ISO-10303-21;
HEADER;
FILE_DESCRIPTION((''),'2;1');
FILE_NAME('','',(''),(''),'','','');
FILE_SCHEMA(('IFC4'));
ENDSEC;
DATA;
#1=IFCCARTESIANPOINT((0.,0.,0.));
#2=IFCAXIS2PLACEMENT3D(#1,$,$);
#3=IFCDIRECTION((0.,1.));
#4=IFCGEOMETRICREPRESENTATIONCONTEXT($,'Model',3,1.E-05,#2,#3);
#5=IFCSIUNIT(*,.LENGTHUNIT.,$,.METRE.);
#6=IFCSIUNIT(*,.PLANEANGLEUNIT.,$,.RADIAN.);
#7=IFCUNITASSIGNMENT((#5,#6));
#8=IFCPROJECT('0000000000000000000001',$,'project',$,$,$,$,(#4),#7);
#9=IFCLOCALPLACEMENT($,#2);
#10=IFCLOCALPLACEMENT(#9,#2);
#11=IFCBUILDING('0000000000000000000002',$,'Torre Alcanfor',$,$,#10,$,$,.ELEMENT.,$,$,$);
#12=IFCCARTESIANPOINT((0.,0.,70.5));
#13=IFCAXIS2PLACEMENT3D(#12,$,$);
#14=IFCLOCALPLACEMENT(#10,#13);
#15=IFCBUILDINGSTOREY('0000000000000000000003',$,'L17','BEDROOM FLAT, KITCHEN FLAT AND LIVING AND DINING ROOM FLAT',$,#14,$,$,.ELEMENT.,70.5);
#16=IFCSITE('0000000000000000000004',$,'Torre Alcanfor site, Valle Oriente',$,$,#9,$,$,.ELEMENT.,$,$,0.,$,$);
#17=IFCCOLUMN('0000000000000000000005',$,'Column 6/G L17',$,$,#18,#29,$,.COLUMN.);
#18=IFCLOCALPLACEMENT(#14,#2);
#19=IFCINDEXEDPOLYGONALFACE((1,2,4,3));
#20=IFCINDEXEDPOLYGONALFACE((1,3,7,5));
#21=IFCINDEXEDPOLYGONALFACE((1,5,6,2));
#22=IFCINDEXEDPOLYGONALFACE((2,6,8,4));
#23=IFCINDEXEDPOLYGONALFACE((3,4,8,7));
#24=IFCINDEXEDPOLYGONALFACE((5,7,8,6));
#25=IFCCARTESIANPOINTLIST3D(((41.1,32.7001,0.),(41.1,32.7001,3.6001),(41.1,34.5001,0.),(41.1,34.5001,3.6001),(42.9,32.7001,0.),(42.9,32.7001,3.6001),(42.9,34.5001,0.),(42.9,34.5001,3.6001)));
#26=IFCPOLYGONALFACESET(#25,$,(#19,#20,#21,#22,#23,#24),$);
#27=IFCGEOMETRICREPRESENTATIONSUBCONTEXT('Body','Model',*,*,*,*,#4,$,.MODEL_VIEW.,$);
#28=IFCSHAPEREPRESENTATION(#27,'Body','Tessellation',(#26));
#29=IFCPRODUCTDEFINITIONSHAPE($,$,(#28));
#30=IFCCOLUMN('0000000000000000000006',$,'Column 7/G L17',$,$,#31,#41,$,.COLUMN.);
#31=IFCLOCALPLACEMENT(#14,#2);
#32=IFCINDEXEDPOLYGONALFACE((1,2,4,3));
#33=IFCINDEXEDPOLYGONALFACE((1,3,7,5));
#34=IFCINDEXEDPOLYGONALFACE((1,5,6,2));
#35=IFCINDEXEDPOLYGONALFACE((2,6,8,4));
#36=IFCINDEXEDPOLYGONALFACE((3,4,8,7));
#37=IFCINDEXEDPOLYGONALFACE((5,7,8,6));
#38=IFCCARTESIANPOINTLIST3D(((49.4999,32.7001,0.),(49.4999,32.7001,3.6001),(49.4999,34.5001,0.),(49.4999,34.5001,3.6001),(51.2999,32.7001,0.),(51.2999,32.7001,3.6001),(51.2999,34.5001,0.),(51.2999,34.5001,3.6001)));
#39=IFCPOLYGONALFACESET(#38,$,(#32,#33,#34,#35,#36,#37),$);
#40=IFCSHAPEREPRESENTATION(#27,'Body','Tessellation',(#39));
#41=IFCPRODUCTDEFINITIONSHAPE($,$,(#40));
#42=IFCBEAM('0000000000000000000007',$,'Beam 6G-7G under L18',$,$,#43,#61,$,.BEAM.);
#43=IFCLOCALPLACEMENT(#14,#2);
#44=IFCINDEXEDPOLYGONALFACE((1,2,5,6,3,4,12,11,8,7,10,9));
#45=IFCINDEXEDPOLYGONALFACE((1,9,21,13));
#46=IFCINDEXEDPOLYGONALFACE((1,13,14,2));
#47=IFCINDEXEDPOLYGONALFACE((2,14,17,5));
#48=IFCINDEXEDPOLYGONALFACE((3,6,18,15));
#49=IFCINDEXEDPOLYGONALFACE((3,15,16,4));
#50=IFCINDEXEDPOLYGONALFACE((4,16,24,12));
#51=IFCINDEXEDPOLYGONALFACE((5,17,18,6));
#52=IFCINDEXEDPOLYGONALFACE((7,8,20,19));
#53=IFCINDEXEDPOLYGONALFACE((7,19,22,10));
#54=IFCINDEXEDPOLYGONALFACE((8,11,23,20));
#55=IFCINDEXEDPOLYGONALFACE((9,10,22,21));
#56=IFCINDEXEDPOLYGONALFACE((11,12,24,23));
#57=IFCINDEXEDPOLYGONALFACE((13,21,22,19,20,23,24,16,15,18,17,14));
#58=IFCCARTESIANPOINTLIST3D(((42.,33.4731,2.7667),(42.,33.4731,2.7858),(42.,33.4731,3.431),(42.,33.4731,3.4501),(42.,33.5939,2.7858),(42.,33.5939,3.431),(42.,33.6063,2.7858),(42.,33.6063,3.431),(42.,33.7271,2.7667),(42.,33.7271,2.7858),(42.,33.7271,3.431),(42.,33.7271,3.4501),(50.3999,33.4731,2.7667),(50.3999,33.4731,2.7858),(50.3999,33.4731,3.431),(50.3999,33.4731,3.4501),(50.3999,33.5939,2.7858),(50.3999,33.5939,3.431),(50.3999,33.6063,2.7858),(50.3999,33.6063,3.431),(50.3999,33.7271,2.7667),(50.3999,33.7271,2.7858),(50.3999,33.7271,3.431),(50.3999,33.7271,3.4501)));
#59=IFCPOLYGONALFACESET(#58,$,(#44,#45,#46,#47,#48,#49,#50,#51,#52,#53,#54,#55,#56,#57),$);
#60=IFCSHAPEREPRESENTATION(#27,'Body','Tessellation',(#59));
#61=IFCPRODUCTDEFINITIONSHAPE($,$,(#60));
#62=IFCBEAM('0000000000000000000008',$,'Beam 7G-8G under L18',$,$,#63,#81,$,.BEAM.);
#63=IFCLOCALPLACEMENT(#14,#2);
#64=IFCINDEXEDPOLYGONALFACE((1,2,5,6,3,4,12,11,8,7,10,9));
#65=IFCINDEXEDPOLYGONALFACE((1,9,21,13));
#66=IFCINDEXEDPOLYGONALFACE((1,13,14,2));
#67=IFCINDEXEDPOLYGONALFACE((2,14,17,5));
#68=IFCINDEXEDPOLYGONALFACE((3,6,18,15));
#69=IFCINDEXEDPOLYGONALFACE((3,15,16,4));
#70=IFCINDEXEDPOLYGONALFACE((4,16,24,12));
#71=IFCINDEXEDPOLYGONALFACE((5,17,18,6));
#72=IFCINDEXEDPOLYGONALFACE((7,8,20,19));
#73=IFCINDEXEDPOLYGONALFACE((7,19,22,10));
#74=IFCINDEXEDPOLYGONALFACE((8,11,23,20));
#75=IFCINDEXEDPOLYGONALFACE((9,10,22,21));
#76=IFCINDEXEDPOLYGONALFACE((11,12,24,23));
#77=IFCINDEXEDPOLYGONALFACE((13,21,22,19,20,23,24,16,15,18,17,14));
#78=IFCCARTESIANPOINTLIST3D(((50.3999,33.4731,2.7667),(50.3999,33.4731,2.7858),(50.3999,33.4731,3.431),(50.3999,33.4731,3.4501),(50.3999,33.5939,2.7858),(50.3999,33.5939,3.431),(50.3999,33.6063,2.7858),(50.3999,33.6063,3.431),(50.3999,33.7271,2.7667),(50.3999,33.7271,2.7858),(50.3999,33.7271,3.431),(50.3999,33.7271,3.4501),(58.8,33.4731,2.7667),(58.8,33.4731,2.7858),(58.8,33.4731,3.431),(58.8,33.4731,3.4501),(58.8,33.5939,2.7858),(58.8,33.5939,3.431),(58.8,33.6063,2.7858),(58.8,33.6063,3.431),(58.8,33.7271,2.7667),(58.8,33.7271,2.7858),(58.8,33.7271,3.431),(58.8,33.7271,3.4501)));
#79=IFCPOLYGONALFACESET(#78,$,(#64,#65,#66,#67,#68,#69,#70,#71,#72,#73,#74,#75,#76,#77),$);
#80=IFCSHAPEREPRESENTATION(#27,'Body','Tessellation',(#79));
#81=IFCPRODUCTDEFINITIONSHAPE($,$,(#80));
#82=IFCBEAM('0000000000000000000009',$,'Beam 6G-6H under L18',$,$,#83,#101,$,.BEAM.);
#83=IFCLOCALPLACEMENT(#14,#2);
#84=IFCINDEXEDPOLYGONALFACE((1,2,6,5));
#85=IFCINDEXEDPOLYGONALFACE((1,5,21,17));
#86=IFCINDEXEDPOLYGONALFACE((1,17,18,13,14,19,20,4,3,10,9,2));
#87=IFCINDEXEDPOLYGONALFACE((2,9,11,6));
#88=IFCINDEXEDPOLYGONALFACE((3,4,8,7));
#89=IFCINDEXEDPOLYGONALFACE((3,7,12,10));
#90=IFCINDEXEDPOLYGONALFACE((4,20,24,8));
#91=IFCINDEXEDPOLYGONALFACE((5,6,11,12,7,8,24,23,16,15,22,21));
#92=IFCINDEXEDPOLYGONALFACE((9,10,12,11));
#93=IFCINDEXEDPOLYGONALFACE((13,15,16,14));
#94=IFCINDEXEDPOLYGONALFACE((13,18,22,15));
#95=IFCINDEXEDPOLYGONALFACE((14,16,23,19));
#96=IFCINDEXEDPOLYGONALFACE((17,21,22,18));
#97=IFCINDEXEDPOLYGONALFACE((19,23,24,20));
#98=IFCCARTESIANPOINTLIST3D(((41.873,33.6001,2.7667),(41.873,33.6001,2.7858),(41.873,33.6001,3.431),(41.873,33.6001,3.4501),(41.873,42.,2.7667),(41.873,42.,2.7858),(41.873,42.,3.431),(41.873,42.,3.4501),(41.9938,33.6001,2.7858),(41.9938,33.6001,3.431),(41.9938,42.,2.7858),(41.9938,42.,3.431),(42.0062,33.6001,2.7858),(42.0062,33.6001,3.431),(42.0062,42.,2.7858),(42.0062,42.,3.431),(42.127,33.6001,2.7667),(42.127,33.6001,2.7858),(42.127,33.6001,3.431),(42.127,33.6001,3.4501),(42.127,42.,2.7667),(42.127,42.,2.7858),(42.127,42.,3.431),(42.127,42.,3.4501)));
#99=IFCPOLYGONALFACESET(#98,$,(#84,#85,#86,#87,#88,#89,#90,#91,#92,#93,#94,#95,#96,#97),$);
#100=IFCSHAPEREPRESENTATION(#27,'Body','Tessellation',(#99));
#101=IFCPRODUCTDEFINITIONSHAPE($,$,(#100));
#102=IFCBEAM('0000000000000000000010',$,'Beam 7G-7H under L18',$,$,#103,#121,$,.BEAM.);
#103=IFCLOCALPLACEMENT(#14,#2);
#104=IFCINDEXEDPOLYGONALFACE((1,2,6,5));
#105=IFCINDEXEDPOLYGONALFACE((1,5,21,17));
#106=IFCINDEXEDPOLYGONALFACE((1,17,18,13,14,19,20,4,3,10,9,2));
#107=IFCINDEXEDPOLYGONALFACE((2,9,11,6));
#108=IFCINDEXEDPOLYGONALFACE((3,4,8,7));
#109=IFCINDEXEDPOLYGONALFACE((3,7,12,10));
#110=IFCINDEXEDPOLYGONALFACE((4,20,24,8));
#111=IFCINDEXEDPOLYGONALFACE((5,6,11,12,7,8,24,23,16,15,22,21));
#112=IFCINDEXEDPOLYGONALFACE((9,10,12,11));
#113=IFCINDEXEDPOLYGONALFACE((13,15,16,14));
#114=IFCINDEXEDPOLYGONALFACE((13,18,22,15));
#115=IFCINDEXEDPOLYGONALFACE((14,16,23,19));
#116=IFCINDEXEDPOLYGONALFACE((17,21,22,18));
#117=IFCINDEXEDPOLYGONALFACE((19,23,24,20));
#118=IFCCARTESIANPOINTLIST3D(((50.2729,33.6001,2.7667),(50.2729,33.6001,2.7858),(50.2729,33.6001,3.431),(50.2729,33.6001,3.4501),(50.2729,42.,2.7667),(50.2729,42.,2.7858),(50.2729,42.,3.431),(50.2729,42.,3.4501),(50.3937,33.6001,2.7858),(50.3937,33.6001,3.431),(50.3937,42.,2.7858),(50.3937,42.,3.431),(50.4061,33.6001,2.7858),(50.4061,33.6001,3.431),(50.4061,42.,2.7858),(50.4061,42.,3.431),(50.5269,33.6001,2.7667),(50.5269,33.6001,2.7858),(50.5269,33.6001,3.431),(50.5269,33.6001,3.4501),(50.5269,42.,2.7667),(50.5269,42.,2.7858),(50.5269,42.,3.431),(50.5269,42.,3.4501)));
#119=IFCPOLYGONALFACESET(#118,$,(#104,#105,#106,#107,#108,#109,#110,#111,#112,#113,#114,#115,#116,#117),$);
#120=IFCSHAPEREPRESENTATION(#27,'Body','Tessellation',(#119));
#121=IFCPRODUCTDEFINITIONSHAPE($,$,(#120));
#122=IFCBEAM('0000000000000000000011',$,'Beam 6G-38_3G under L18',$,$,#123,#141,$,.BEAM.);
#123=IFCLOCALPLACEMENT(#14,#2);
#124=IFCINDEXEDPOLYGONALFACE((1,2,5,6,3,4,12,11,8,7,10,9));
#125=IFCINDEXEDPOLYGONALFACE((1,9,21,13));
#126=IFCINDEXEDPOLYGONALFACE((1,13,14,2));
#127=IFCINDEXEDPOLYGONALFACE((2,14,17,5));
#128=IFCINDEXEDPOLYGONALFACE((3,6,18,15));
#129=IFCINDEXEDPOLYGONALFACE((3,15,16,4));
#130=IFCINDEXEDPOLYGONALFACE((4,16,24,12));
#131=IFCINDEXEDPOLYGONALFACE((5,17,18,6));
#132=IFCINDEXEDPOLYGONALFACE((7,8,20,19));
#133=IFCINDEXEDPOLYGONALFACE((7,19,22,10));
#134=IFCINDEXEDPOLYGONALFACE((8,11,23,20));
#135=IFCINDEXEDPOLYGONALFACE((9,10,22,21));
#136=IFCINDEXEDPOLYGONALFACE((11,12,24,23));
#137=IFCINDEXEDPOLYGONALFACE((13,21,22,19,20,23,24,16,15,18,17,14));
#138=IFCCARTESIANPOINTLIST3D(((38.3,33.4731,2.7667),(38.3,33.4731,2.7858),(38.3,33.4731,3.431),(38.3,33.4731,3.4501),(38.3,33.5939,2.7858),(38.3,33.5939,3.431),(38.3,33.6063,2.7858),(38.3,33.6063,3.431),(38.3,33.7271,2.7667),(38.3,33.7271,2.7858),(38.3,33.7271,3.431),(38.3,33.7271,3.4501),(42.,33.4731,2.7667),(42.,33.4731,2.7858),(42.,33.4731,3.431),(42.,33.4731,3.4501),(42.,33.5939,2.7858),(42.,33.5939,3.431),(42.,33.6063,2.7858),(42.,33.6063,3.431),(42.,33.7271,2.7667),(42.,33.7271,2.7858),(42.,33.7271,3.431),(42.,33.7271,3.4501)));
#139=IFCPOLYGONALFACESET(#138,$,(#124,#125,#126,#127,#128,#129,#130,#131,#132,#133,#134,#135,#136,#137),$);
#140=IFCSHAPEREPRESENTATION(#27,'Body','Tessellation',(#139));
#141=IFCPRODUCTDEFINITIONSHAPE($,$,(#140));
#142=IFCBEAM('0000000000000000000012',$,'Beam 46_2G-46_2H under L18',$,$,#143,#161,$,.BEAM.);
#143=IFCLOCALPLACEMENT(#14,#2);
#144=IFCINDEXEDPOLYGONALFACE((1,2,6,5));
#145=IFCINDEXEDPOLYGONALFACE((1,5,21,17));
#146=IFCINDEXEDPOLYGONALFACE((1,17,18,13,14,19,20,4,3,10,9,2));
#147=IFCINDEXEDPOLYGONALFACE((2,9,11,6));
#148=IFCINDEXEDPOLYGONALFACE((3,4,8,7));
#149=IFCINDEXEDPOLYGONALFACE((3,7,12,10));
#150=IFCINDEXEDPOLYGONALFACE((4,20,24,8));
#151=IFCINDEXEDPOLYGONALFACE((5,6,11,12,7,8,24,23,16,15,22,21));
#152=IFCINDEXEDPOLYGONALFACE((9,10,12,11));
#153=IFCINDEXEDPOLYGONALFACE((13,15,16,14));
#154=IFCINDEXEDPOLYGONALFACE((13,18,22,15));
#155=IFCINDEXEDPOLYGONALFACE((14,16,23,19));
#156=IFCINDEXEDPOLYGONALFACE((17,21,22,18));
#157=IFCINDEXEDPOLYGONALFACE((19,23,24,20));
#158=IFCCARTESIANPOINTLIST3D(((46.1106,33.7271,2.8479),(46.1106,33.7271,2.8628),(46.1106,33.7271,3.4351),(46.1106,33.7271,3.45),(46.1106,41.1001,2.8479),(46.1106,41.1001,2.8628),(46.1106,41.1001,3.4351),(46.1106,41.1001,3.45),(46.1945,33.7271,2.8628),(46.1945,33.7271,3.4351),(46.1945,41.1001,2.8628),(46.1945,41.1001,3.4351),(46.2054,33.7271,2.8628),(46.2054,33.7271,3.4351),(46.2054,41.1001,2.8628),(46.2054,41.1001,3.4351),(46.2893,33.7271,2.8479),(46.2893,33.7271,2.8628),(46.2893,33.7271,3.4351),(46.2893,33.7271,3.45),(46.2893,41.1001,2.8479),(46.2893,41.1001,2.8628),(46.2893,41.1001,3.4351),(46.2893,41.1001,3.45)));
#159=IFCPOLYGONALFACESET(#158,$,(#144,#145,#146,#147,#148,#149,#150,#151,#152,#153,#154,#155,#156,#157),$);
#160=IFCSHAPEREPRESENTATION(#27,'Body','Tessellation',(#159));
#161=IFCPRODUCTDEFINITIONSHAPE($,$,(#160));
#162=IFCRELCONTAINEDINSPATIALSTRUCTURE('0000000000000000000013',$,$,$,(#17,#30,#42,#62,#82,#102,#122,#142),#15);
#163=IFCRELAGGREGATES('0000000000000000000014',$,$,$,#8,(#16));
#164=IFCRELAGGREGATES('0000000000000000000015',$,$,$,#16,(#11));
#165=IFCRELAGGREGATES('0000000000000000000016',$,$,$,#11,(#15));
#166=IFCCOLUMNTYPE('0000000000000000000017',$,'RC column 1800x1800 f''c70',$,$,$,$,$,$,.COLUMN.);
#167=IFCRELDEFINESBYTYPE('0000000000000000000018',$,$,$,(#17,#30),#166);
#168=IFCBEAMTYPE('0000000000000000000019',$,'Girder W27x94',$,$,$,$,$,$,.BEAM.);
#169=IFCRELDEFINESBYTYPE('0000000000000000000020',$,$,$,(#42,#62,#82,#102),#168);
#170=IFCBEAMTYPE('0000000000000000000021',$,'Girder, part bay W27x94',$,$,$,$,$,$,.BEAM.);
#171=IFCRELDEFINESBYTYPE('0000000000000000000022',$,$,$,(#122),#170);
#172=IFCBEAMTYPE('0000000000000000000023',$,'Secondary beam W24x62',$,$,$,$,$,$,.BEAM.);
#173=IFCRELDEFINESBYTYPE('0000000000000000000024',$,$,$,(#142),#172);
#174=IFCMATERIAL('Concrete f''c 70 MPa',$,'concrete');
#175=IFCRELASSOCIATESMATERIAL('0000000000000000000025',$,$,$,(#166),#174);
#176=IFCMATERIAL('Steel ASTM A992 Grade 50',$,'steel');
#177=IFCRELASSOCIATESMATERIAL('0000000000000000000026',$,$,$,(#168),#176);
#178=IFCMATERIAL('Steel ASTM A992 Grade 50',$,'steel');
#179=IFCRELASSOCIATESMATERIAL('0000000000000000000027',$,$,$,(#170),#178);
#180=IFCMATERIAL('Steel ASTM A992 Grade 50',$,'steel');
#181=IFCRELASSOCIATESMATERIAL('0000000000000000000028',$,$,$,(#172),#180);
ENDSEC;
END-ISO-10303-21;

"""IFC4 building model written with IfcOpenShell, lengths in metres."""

from ifc_helpers import new_model, si_unit, direction, frame, origin, origin_2d, place, context, subcontext, project, spatial, rectangle, i_section, extrude, material, material_profile, profile_set, type_object, element, save


model = new_model("IFC4")

# Units and contexts
model_context = context("Model", 3, precision=1e-05, world=origin(), true_north=direction((0.0, 1.0)))
body_context = subcontext(model_context, "Body", "Model", "MODEL_VIEW")
ifc_project = project(units=[si_unit("LENGTHUNIT", "METRE"), si_unit("PLANEANGLEUNIT", "RADIAN")], contexts=[model_context])

# Site, building, storey
site_placement = place(None, origin())
site = spatial("IfcSite", under=ifc_project, at=site_placement, Name="Torre Alcanfor site, Valle Oriente", CompositionType="ELEMENT", RefElevation=0.0)
building_placement = place(site_placement, origin())
building = spatial("IfcBuilding", under=site, at=building_placement, Name="Torre Alcanfor", CompositionType="ELEMENT")
storey_placement = place(building_placement, frame((0.0, 0.0, 70.5)))
storey = spatial("IfcBuildingStorey", under=building, at=storey_placement, Name="L17", Description="BEDROOM FLAT, KITCHEN FLAT AND LIVING AND DINING ROOM FLAT", CompositionType="ELEMENT", Elevation=70.5)

# Columns
ifc_material_1 = material(Name="Concrete f'c 70 MPa", Category="concrete")
ifc_material_profile_1 = material_profile(ifc_material_1, rectangle(XDim=1.8, YDim=1.8, at=origin_2d()), Name="1800x1800")
ifc_profile_set_1 = profile_set([ifc_material_profile_1], Name="Concrete f'c 70 MPa")
column_type = type_object("IfcColumnType", Name="RC column 1800x1800 f'c70", PredefinedType="COLUMN", material=ifc_profile_set_1)
for number, where, z_axis, x_axis, name in (
    (1, (42.0, 33.6001, 0.0), (0.0, 0.0, 1.0), (1.0, 0.0, 0.0), "Column 6/G L17"),
    (2, (50.3999, 33.6001, 0.0), (0.0, 0.0, 1.0), (1.0, 0.0, 0.0), "Column 7/G L17"),
):
    element("IfcColumn", number, at=place(storey_placement, frame(where, z_axis=z_axis, x_axis=x_axis)), inside=storey, type_object=column_type, Name=name, PredefinedType="COLUMN", context=body_context, shape_type="SweptSolid", body=[
        extrude(rectangle(XDim=1.8, YDim=1.8, at=origin_2d()), origin(), (0.0, 0.0, 1.0), 3.6001),
    ])

# Beams
ifc_material_2 = material(Name="Steel ASTM A992 Grade 50", Category="steel")
ifc_material_profile_2 = material_profile(ifc_material_2, i_section(OverallWidth=0.2539, OverallDepth=0.6833, WebThickness=0.0125, FlangeThickness=0.019, at=origin_2d()), Name="W27x94")
ifc_profile_set_2 = profile_set([ifc_material_profile_2], Name="Steel ASTM A992 Grade 50")
beam_type_1 = type_object("IfcBeamType", Name="Girder W27x94", PredefinedType="BEAM", material=ifc_profile_set_2)
beam_1_placement = place(storey_placement, frame((42.0, 33.6001, 3.1084), z_axis=(1.0, 0.0, 0.0), x_axis=(0.0, 1.0, 0.0)))
element("IfcBeam", 3, at=beam_1_placement, inside=storey, type_object=beam_type_1, Name="Beam 6G-7G under L18", PredefinedType="BEAM", context=body_context, shape_type="SweptSolid", body=[
    extrude(i_section(OverallWidth=0.2539, OverallDepth=0.6833, WebThickness=0.0125, FlangeThickness=0.019, at=origin_2d()), origin(), (0.0, 0.0, 1.0), 8.3999),
])
beam_2_placement = place(storey_placement, frame((50.3999, 33.6001, 3.1084), z_axis=(1.0, 0.0, 0.0), x_axis=(0.0, 1.0, 0.0)))
element("IfcBeam", 4, at=beam_2_placement, inside=storey, type_object=beam_type_1, Name="Beam 7G-8G under L18", PredefinedType="BEAM", context=body_context, shape_type="SweptSolid", body=[
    extrude(i_section(OverallWidth=0.2539, OverallDepth=0.6833, WebThickness=0.0125, FlangeThickness=0.019, at=origin_2d()), origin(), (0.0, 0.0, 1.0), 8.4001),
])
for number, where, z_axis, x_axis, name in (
    (5, (42.0, 33.6001, 3.1084), (0.0, 1.0, 0.0), (-1.0, 0.0, 0.0), "Beam 6G-6H under L18"),
    (6, (50.3999, 33.6001, 3.1084), (0.0, 1.0, 0.0), (-1.0, 0.0, 0.0), "Beam 7G-7H under L18"),
):
    element("IfcBeam", number, at=place(storey_placement, frame(where, z_axis=z_axis, x_axis=x_axis)), inside=storey, type_object=beam_type_1, Name=name, PredefinedType="BEAM", context=body_context, shape_type="SweptSolid", body=[
        extrude(i_section(OverallWidth=0.2539, OverallDepth=0.6833, WebThickness=0.0125, FlangeThickness=0.019, at=origin_2d()), origin(), (0.0, 0.0, 1.0), 8.3999),
    ])
ifc_material_3 = material(Name="Steel ASTM A992 Grade 50", Category="steel")
ifc_material_profile_3 = material_profile(ifc_material_3, i_section(OverallWidth=0.2539, OverallDepth=0.6833, WebThickness=0.0125, FlangeThickness=0.019, at=origin_2d()), Name="W27x94")
ifc_profile_set_3 = profile_set([ifc_material_profile_3], Name="Steel ASTM A992 Grade 50")
beam_type_2 = type_object("IfcBeamType", Name="Girder, part bay W27x94", PredefinedType="BEAM", material=ifc_profile_set_3)
beam_3_placement = place(storey_placement, frame((42.0, 33.6001, 3.1084), z_axis=(-1.0, 0.0, 0.0), x_axis=(0.0, -1.0, 0.0)))
element("IfcBeam", 7, at=beam_3_placement, inside=storey, type_object=beam_type_2, Name="Beam 6G-38_3G under L18", PredefinedType="BEAM", context=body_context, shape_type="SweptSolid", body=[
    extrude(i_section(OverallWidth=0.2539, OverallDepth=0.6833, WebThickness=0.0125, FlangeThickness=0.019, at=origin_2d()), origin(), (0.0, 0.0, 1.0), 3.7),
])
ifc_material_4 = material(Name="Steel ASTM A992 Grade 50", Category="steel")
ifc_material_profile_4 = material_profile(ifc_material_4, i_section(OverallWidth=0.1787, OverallDepth=0.6021, WebThickness=0.011, FlangeThickness=0.0149, at=origin_2d()), Name="W24x62")
ifc_profile_set_4 = profile_set([ifc_material_profile_4], Name="Steel ASTM A992 Grade 50")
beam_type_3 = type_object("IfcBeamType", Name="Secondary beam W24x62", PredefinedType="BEAM", material=ifc_profile_set_4)
beam_4_placement = place(storey_placement, frame((46.2, 33.7271, 3.1489), z_axis=(0.0, 1.0, 0.0), x_axis=(-1.0, 0.0, 0.0)))
element("IfcBeam", 8, at=beam_4_placement, inside=storey, type_object=beam_type_3, Name="Beam 46_2G-46_2H under L18", PredefinedType="BEAM", context=body_context, shape_type="SweptSolid", body=[
    extrude(i_section(OverallWidth=0.1787, OverallDepth=0.6021, WebThickness=0.011, FlangeThickness=0.0149, at=origin_2d()), origin(), (0.0, 0.0, 1.0), 7.373),
])

save(model, "model.ifc")
